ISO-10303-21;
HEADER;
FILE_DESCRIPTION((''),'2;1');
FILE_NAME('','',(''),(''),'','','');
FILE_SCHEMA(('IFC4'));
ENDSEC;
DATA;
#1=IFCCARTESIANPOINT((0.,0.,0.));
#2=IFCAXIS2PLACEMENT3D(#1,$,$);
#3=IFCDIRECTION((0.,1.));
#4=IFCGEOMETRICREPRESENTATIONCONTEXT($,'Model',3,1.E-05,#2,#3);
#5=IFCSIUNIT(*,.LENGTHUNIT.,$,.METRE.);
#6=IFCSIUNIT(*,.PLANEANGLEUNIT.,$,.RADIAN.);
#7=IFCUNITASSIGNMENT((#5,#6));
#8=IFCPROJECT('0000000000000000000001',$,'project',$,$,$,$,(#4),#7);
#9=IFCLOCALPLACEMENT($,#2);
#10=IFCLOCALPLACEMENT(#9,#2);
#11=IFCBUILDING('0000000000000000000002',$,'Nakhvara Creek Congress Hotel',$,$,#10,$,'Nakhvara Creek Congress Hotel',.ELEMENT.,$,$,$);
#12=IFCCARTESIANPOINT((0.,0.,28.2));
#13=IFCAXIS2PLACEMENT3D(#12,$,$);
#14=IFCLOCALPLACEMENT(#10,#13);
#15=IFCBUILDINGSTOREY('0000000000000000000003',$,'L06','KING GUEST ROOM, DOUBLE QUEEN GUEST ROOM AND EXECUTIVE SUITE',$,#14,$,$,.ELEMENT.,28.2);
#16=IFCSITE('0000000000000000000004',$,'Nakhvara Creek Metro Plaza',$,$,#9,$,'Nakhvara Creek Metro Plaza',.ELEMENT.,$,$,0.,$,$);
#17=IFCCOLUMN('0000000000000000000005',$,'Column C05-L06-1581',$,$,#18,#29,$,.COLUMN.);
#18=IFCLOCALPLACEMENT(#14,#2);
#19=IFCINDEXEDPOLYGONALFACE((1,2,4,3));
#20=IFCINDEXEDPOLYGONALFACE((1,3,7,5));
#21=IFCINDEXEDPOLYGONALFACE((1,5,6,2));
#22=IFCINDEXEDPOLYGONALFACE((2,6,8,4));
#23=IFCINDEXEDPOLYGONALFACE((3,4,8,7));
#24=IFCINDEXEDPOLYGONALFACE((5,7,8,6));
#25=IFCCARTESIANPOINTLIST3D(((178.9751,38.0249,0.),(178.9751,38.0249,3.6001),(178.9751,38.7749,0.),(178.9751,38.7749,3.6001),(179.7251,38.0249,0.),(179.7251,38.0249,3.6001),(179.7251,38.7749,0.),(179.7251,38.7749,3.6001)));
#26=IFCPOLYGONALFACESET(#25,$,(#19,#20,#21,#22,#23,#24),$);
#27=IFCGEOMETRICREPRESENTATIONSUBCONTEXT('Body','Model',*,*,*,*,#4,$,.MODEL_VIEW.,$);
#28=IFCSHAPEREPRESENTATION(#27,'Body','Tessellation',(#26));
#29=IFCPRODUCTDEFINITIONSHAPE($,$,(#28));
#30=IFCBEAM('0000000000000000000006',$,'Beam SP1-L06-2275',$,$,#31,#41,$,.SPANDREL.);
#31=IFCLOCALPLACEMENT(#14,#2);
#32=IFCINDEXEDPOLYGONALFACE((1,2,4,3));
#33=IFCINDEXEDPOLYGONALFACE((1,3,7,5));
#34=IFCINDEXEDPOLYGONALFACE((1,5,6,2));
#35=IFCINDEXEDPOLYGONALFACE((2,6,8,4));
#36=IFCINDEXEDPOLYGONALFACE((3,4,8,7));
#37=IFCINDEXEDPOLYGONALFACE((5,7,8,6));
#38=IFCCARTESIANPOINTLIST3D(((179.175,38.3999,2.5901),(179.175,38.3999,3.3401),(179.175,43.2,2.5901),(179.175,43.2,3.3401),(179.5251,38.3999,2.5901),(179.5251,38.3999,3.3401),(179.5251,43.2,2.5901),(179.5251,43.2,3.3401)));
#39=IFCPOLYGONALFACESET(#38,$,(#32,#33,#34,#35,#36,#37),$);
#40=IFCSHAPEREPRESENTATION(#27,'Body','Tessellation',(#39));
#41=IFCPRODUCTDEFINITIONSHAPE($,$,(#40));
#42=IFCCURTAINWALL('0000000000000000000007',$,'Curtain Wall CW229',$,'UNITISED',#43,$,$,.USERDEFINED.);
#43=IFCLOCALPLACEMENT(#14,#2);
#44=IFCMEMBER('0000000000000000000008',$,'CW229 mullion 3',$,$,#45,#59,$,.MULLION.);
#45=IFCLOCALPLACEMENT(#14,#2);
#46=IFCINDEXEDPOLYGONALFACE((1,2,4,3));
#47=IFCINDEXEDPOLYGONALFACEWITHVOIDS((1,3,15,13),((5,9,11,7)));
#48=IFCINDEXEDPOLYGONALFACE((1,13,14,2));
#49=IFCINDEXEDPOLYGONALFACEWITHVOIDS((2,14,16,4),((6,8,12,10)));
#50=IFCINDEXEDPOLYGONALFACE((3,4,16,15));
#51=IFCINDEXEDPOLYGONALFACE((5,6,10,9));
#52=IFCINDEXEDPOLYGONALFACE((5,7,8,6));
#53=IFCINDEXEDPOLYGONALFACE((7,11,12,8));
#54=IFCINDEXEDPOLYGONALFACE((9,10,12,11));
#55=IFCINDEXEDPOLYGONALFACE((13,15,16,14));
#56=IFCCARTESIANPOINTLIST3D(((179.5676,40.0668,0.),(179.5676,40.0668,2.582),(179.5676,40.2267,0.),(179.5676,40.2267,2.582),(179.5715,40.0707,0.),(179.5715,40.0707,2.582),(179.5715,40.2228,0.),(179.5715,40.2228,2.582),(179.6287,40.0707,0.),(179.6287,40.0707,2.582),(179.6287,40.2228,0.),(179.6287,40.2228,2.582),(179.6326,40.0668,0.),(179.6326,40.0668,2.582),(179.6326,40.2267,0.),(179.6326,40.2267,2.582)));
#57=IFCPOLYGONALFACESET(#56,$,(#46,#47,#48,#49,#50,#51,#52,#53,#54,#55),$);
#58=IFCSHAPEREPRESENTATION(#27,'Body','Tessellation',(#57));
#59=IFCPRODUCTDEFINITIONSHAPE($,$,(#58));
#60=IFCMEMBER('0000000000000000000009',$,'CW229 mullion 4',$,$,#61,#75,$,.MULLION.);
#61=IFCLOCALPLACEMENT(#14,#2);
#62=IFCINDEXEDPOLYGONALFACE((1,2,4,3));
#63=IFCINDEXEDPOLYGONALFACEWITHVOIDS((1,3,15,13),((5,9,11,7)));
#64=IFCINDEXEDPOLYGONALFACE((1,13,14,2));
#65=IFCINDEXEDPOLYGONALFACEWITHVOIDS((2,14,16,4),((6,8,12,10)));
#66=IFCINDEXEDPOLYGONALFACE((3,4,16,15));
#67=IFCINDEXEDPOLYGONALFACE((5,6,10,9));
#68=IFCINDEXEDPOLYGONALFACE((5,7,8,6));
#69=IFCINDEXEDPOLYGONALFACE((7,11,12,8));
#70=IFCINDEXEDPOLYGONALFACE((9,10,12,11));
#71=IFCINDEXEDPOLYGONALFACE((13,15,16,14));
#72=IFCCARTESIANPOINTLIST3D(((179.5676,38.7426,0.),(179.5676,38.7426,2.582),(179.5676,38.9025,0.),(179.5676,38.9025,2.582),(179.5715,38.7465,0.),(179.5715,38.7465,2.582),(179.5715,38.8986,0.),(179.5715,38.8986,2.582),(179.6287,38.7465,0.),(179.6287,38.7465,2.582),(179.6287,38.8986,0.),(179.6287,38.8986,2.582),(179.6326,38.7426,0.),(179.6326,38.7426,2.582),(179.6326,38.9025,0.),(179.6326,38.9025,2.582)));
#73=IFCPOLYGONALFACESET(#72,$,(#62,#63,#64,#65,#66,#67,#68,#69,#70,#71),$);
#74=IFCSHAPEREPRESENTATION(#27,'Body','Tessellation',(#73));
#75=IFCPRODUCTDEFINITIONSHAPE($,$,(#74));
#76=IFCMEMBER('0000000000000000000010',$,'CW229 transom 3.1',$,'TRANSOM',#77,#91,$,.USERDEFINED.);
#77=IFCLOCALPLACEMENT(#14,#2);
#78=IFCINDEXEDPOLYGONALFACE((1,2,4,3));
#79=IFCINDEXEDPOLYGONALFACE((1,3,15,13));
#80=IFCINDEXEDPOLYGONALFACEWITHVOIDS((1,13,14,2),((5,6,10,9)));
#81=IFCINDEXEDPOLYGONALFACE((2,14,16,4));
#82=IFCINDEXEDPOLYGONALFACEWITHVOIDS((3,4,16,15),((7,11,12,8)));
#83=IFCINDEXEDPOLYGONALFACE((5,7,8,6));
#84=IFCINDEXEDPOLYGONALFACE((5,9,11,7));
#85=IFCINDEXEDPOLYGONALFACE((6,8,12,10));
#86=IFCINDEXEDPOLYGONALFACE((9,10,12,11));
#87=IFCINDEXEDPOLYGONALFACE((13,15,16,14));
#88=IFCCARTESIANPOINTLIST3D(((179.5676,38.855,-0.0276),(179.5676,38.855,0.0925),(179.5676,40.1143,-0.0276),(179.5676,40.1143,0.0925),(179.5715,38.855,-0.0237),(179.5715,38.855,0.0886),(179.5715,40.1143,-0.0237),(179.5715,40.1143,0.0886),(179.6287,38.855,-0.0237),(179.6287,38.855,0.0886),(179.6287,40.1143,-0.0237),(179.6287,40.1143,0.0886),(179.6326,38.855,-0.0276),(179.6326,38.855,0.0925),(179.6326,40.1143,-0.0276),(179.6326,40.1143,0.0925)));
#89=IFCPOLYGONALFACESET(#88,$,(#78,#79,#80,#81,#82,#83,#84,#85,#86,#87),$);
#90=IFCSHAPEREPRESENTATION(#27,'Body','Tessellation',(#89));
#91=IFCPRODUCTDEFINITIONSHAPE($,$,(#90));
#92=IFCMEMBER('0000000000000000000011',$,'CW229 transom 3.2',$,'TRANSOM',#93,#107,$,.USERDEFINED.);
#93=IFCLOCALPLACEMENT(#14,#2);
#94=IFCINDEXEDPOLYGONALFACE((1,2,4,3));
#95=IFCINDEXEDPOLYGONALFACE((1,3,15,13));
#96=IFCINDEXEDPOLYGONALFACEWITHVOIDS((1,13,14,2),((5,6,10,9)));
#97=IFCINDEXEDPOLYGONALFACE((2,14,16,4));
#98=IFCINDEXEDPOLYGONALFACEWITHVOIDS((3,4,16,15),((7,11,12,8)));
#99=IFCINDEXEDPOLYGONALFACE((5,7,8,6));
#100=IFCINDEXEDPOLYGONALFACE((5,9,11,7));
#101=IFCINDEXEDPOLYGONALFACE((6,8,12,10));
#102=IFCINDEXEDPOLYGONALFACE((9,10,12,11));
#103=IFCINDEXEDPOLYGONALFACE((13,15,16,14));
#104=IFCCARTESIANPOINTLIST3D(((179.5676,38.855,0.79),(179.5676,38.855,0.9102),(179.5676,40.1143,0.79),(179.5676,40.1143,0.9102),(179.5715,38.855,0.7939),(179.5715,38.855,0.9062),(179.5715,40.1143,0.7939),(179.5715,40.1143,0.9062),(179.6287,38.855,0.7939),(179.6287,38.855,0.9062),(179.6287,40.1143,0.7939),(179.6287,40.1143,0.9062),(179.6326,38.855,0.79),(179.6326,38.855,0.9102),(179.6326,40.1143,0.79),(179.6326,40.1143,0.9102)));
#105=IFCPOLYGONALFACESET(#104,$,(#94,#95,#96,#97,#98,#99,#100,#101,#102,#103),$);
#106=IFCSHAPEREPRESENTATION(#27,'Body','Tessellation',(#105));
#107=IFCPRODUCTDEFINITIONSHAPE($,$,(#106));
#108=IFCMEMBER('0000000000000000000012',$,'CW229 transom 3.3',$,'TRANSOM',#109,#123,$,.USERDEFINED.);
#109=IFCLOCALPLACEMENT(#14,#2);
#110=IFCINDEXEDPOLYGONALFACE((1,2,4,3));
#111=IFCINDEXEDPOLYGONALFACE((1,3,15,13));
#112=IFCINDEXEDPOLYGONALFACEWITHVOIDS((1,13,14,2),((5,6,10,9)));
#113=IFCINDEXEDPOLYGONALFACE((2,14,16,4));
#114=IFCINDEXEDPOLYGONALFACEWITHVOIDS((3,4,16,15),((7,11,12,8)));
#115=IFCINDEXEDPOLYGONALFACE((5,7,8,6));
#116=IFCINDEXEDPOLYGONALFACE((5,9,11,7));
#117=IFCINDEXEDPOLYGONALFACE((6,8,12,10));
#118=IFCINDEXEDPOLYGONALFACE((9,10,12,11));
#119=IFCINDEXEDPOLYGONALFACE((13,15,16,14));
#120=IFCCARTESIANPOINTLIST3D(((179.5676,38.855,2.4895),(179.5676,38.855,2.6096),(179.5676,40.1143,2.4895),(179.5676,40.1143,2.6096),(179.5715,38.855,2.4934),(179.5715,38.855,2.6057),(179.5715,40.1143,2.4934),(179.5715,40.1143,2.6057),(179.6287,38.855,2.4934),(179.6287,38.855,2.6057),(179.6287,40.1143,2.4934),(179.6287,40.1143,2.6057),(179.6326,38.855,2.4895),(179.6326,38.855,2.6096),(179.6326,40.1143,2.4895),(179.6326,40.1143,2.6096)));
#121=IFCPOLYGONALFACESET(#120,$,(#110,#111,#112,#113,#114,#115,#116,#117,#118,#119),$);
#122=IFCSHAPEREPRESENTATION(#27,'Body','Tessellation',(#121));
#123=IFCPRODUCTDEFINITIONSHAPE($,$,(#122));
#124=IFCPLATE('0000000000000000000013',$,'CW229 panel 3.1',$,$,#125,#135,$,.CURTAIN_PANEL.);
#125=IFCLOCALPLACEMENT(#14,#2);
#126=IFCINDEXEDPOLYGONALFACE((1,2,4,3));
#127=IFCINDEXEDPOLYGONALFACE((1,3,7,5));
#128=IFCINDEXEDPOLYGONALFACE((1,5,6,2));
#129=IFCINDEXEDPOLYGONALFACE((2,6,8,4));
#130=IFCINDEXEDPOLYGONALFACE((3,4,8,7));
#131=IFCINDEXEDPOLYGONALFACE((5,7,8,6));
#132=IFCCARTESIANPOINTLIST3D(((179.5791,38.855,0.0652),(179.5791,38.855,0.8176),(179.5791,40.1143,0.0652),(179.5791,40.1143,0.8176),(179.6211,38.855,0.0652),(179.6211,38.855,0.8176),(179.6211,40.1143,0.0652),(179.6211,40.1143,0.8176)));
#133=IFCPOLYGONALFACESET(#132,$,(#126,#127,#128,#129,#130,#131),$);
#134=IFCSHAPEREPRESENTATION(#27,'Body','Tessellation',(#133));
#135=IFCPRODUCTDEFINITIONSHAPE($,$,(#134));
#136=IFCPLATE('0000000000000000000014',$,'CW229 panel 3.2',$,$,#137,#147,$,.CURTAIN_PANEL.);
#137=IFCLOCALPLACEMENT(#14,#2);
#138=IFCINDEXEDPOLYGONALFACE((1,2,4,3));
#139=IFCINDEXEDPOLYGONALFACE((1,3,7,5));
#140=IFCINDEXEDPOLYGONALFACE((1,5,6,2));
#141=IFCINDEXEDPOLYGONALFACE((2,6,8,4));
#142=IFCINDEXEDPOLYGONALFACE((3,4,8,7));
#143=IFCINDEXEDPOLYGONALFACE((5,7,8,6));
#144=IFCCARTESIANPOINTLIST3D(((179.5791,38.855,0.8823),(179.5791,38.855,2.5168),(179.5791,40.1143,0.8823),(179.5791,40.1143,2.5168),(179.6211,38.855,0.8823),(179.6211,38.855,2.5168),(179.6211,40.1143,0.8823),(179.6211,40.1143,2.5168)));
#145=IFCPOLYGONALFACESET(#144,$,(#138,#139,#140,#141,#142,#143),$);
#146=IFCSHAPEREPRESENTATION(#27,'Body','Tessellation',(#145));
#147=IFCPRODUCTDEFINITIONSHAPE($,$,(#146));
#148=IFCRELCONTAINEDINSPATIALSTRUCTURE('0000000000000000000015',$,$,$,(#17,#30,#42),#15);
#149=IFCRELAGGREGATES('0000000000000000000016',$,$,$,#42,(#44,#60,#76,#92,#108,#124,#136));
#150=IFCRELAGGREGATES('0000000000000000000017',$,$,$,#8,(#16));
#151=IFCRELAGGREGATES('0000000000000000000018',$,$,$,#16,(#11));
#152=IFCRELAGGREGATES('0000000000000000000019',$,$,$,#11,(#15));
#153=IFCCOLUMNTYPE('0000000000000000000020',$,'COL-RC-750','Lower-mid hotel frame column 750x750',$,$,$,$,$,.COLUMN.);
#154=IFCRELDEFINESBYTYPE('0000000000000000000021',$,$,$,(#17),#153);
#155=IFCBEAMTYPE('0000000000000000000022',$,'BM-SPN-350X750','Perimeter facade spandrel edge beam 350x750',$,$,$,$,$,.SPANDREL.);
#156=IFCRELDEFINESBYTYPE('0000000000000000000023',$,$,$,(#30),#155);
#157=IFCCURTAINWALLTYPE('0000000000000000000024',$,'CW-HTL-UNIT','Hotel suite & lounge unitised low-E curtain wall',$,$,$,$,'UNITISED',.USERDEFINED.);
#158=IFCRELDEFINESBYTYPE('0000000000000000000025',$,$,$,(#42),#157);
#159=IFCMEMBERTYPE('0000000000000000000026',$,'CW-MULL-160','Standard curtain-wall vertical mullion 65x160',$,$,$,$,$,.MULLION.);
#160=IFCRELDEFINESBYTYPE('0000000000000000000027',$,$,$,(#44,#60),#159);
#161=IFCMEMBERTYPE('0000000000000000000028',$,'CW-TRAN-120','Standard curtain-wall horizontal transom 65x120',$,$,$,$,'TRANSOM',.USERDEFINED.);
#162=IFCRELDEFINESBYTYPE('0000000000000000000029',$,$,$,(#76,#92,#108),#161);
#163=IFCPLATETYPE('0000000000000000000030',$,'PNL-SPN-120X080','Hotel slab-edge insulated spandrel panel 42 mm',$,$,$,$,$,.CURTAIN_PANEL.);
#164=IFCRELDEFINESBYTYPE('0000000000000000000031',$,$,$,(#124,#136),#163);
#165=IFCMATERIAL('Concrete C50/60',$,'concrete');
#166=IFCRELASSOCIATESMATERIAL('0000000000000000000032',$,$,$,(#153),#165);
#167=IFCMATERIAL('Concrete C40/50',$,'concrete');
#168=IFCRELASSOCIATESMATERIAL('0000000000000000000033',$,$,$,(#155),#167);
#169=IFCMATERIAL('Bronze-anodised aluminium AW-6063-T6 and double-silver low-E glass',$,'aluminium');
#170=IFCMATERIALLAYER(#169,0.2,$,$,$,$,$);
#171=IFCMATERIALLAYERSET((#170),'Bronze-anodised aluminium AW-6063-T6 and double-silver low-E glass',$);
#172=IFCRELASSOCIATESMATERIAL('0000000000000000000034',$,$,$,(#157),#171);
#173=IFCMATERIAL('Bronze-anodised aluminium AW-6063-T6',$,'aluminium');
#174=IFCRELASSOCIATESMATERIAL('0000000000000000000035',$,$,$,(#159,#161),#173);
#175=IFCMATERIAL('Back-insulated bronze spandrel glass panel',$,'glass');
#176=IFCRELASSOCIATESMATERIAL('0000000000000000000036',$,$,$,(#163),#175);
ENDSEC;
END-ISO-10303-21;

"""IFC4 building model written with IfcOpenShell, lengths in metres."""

from ifc_helpers import new_model, si_unit, direction, frame, origin, origin_2d, place, context, subcontext, project, spatial, rectangle, hollow_rectangle, extrude, material, layer, layer_set, material_profile, profile_set, type_object, element, aggregate, save


model = new_model("IFC4")

# Units and contexts
model_context = context("Model", 3, precision=1e-05, world=origin(), true_north=direction((0.0, 1.0)))
body_context = subcontext(model_context, "Body", "Model", "MODEL_VIEW")
ifc_project = project(units=[si_unit("LENGTHUNIT", "METRE"), si_unit("PLANEANGLEUNIT", "RADIAN")], contexts=[model_context])

# Site, building, storey
site_placement = place(None, origin())
site = spatial("IfcSite", under=ifc_project, at=site_placement, Name="Nakhvara Creek Metro Plaza", LongName="Nakhvara Creek Metro Plaza", CompositionType="ELEMENT", RefElevation=0.0)
building_placement = place(site_placement, origin())
building = spatial("IfcBuilding", under=site, at=building_placement, Name="Nakhvara Creek Congress Hotel", LongName="Nakhvara Creek Congress Hotel", CompositionType="ELEMENT")
storey_placement = place(building_placement, frame((0.0, 0.0, 28.2)))
storey = spatial("IfcBuildingStorey", under=building, at=storey_placement, Name="L06", Description="KING GUEST ROOM, DOUBLE QUEEN GUEST ROOM AND EXECUTIVE SUITE", CompositionType="ELEMENT", Elevation=28.2)

# Column
ifc_material_1 = material(Name="Concrete C50/60", Category="concrete")
ifc_material_profile_1 = material_profile(ifc_material_1, rectangle(XDim=0.75, YDim=0.75, at=origin_2d()), Name="RC-COL 750x750", Category="LoadBearing")
ifc_profile_set_1 = profile_set([ifc_material_profile_1], Name="Concrete C50/60")
column_type = type_object("IfcColumnType", Name="COL-RC-750", Description="Lower-mid hotel frame column 750x750", PredefinedType="COLUMN", material=ifc_profile_set_1)
column_placement = place(storey_placement, frame((179.3501, 38.3999, 0.0), z_axis=(0.0, 0.0, 1.0), x_axis=(1.0, 0.0, 0.0)))
element("IfcColumn", 1, at=column_placement, inside=storey, type_object=column_type, Name="Column C05-L06-1581", PredefinedType="COLUMN", context=body_context, shape_type="SweptSolid", body=[
    extrude(rectangle(XDim=0.75, YDim=0.75, at=origin_2d()), origin(), (0.0, 0.0, 1.0), 3.6001),
])

# Beam
ifc_material_2 = material(Name="Concrete C40/50", Category="concrete")
ifc_material_profile_2 = material_profile(ifc_material_2, rectangle(XDim=0.3501, YDim=0.75, at=origin_2d()), Name="RC-SPANDREL 350x750", Category="LoadBearing")
ifc_profile_set_2 = profile_set([ifc_material_profile_2], Name="Concrete C40/50")
beam_type = type_object("IfcBeamType", Name="BM-SPN-350X750", Description="Perimeter facade spandrel edge beam 350x750", PredefinedType="SPANDREL", material=ifc_profile_set_2)
beam_placement = place(storey_placement, frame((179.3501, 38.3999, 2.9651), z_axis=(0.0, 1.0, 0.0), x_axis=(-1.0, 0.0, 0.0)))
element("IfcBeam", 2, at=beam_placement, inside=storey, type_object=beam_type, Name="Beam SP1-L06-2275", PredefinedType="SPANDREL", context=body_context, shape_type="SweptSolid", body=[
    extrude(rectangle(XDim=0.3501, YDim=0.75, at=origin_2d()), origin(), (0.0, 0.0, 1.0), 4.8),
])

# Curtain wall, members, plates
ifc_material_3 = material(Name="Bronze-anodised aluminium AW-6063-T6 and double-silver low-E glass", Category="aluminium")
ifc_layer_1 = layer(ifc_material_3, 0.2)
ifc_layer_set_1 = layer_set([ifc_layer_1], Name="Bronze-anodised aluminium AW-6063-T6 and double-silver low-E glass")
curtain_wall_type = type_object("IfcCurtainWallType", Name="CW-HTL-UNIT", Description="Hotel suite & lounge unitised low-E curtain wall", ElementType="UNITISED", PredefinedType="USERDEFINED", material=ifc_layer_set_1)
curtain_wall_placement = place(storey_placement, origin())
curtain_wall = element("IfcCurtainWall", 3, at=curtain_wall_placement, inside=storey, type_object=curtain_wall_type, Name="Curtain Wall CW229", ObjectType="UNITISED", PredefinedType="USERDEFINED")
ifc_material_4 = material(Name="Bronze-anodised aluminium AW-6063-T6", Category="aluminium")
ifc_material_profile_3 = material_profile(ifc_material_4, hollow_rectangle(XDim=0.0649, YDim=0.1599, WallThickness=0.0039, at=origin_2d()), Name="ALU-MULL 65x160x4", Category="LoadBearing")
ifc_profile_set_3 = profile_set([ifc_material_profile_3], Name="Bronze-anodised aluminium AW-6063-T6")
member_type_1 = type_object("IfcMemberType", Name="CW-MULL-160", Description="Standard curtain-wall vertical mullion 65x160", PredefinedType="MULLION", material=ifc_profile_set_3)
member_1_placement = place(storey_placement, frame((179.6001, 40.1467, 0.0), z_axis=(0.0, 0.0, 1.0), x_axis=(1.0, 0.0, 0.0)))
member_1 = element("IfcMember", 4, at=member_1_placement, type_object=member_type_1, Name="CW229 mullion 3", PredefinedType="MULLION", context=body_context, shape_type="SweptSolid", body=[
    extrude(hollow_rectangle(XDim=0.0649, YDim=0.1599, WallThickness=0.0039, at=origin_2d()), origin(), (0.0, 0.0, 1.0), 2.582),
])
member_2_placement = place(storey_placement, frame((179.6001, 38.8225, 0.0), z_axis=(0.0, 0.0, 1.0), x_axis=(1.0, 0.0, 0.0)))
member_2 = element("IfcMember", 5, at=member_2_placement, type_object=member_type_1, Name="CW229 mullion 4", PredefinedType="MULLION", context=body_context, shape_type="SweptSolid", body=[
    extrude(hollow_rectangle(XDim=0.0649, YDim=0.1599, WallThickness=0.0039, at=origin_2d()), origin(), (0.0, 0.0, 1.0), 2.582),
])
ifc_material_profile_4 = material_profile(ifc_material_4, hollow_rectangle(XDim=0.0649, YDim=0.1201, WallThickness=0.0039, at=origin_2d()), Name="ALU-TRAN 65x120x4", Category="LoadBearing")
ifc_profile_set_4 = profile_set([ifc_material_profile_4], Name="Bronze-anodised aluminium AW-6063-T6")
member_type_2 = type_object("IfcMemberType", Name="CW-TRAN-120", Description="Standard curtain-wall horizontal transom 65x120", ElementType="TRANSOM", PredefinedType="USERDEFINED", material=ifc_profile_set_4)
member_3_placement = place(storey_placement, frame((179.6001, 40.1143, 0.0325), z_axis=(0.0, -1.0, 0.0), x_axis=(1.0, 0.0, 0.0)))
member_3 = element("IfcMember", 6, at=member_3_placement, type_object=member_type_2, Name="CW229 transom 3.1", ObjectType="TRANSOM", PredefinedType="USERDEFINED", context=body_context, shape_type="SweptSolid", body=[
    extrude(hollow_rectangle(XDim=0.0649, YDim=0.1201, WallThickness=0.0039, at=origin_2d()), origin(), (0.0, 0.0, 1.0), 1.2593),
])
member_4_placement = place(storey_placement, frame((179.6001, 40.1143, 0.8501), z_axis=(0.0, -1.0, 0.0), x_axis=(1.0, 0.0, 0.0)))
member_4 = element("IfcMember", 7, at=member_4_placement, type_object=member_type_2, Name="CW229 transom 3.2", ObjectType="TRANSOM", PredefinedType="USERDEFINED", context=body_context, shape_type="SweptSolid", body=[
    extrude(hollow_rectangle(XDim=0.0649, YDim=0.1201, WallThickness=0.0039, at=origin_2d()), origin(), (0.0, 0.0, 1.0), 1.2593),
])
member_5_placement = place(storey_placement, frame((179.6001, 40.1143, 2.5496), z_axis=(0.0, -1.0, 0.0), x_axis=(1.0, 0.0, 0.0)))
member_5 = element("IfcMember", 8, at=member_5_placement, type_object=member_type_2, Name="CW229 transom 3.3", ObjectType="TRANSOM", PredefinedType="USERDEFINED", context=body_context, shape_type="SweptSolid", body=[
    extrude(hollow_rectangle(XDim=0.0649, YDim=0.1201, WallThickness=0.0039, at=origin_2d()), origin(), (0.0, 0.0, 1.0), 1.2593),
])
ifc_material_5 = material(Name="Back-insulated bronze spandrel glass panel", Category="glass")
plate_type = type_object("IfcPlateType", Name="PNL-SPN-120X080", Description="Hotel slab-edge insulated spandrel panel 42 mm", PredefinedType="CURTAIN_PANEL", material=ifc_material_5)
plate_1_placement = place(storey_placement, frame((179.6001, 39.4846, 0.0652), z_axis=(0.0, 0.0, 1.0), x_axis=(0.0, -1.0, 0.0)))
plate_1 = element("IfcPlate", 9, at=plate_1_placement, type_object=plate_type, Name="CW229 panel 3.1", PredefinedType="CURTAIN_PANEL", context=body_context, shape_type="SweptSolid", body=[
    extrude(rectangle(XDim=1.2593, YDim=0.042, at=origin_2d()), origin(), (0.0, 0.0, 1.0), 0.7524),
])
plate_2_placement = place(storey_placement, frame((179.6001, 39.4846, 0.8823), z_axis=(0.0, 0.0, 1.0), x_axis=(0.0, -1.0, 0.0)))
plate_2 = element("IfcPlate", 10, at=plate_2_placement, type_object=plate_type, Name="CW229 panel 3.2", PredefinedType="CURTAIN_PANEL", context=body_context, shape_type="SweptSolid", body=[
    extrude(rectangle(XDim=1.2593, YDim=0.042, at=origin_2d()), origin(), (0.0, 0.0, 1.0), 1.6345),
])
aggregate(curtain_wall, [member_1, member_2, member_3, member_4, member_5, plate_1, plate_2])

save(model, "model.ifc")
